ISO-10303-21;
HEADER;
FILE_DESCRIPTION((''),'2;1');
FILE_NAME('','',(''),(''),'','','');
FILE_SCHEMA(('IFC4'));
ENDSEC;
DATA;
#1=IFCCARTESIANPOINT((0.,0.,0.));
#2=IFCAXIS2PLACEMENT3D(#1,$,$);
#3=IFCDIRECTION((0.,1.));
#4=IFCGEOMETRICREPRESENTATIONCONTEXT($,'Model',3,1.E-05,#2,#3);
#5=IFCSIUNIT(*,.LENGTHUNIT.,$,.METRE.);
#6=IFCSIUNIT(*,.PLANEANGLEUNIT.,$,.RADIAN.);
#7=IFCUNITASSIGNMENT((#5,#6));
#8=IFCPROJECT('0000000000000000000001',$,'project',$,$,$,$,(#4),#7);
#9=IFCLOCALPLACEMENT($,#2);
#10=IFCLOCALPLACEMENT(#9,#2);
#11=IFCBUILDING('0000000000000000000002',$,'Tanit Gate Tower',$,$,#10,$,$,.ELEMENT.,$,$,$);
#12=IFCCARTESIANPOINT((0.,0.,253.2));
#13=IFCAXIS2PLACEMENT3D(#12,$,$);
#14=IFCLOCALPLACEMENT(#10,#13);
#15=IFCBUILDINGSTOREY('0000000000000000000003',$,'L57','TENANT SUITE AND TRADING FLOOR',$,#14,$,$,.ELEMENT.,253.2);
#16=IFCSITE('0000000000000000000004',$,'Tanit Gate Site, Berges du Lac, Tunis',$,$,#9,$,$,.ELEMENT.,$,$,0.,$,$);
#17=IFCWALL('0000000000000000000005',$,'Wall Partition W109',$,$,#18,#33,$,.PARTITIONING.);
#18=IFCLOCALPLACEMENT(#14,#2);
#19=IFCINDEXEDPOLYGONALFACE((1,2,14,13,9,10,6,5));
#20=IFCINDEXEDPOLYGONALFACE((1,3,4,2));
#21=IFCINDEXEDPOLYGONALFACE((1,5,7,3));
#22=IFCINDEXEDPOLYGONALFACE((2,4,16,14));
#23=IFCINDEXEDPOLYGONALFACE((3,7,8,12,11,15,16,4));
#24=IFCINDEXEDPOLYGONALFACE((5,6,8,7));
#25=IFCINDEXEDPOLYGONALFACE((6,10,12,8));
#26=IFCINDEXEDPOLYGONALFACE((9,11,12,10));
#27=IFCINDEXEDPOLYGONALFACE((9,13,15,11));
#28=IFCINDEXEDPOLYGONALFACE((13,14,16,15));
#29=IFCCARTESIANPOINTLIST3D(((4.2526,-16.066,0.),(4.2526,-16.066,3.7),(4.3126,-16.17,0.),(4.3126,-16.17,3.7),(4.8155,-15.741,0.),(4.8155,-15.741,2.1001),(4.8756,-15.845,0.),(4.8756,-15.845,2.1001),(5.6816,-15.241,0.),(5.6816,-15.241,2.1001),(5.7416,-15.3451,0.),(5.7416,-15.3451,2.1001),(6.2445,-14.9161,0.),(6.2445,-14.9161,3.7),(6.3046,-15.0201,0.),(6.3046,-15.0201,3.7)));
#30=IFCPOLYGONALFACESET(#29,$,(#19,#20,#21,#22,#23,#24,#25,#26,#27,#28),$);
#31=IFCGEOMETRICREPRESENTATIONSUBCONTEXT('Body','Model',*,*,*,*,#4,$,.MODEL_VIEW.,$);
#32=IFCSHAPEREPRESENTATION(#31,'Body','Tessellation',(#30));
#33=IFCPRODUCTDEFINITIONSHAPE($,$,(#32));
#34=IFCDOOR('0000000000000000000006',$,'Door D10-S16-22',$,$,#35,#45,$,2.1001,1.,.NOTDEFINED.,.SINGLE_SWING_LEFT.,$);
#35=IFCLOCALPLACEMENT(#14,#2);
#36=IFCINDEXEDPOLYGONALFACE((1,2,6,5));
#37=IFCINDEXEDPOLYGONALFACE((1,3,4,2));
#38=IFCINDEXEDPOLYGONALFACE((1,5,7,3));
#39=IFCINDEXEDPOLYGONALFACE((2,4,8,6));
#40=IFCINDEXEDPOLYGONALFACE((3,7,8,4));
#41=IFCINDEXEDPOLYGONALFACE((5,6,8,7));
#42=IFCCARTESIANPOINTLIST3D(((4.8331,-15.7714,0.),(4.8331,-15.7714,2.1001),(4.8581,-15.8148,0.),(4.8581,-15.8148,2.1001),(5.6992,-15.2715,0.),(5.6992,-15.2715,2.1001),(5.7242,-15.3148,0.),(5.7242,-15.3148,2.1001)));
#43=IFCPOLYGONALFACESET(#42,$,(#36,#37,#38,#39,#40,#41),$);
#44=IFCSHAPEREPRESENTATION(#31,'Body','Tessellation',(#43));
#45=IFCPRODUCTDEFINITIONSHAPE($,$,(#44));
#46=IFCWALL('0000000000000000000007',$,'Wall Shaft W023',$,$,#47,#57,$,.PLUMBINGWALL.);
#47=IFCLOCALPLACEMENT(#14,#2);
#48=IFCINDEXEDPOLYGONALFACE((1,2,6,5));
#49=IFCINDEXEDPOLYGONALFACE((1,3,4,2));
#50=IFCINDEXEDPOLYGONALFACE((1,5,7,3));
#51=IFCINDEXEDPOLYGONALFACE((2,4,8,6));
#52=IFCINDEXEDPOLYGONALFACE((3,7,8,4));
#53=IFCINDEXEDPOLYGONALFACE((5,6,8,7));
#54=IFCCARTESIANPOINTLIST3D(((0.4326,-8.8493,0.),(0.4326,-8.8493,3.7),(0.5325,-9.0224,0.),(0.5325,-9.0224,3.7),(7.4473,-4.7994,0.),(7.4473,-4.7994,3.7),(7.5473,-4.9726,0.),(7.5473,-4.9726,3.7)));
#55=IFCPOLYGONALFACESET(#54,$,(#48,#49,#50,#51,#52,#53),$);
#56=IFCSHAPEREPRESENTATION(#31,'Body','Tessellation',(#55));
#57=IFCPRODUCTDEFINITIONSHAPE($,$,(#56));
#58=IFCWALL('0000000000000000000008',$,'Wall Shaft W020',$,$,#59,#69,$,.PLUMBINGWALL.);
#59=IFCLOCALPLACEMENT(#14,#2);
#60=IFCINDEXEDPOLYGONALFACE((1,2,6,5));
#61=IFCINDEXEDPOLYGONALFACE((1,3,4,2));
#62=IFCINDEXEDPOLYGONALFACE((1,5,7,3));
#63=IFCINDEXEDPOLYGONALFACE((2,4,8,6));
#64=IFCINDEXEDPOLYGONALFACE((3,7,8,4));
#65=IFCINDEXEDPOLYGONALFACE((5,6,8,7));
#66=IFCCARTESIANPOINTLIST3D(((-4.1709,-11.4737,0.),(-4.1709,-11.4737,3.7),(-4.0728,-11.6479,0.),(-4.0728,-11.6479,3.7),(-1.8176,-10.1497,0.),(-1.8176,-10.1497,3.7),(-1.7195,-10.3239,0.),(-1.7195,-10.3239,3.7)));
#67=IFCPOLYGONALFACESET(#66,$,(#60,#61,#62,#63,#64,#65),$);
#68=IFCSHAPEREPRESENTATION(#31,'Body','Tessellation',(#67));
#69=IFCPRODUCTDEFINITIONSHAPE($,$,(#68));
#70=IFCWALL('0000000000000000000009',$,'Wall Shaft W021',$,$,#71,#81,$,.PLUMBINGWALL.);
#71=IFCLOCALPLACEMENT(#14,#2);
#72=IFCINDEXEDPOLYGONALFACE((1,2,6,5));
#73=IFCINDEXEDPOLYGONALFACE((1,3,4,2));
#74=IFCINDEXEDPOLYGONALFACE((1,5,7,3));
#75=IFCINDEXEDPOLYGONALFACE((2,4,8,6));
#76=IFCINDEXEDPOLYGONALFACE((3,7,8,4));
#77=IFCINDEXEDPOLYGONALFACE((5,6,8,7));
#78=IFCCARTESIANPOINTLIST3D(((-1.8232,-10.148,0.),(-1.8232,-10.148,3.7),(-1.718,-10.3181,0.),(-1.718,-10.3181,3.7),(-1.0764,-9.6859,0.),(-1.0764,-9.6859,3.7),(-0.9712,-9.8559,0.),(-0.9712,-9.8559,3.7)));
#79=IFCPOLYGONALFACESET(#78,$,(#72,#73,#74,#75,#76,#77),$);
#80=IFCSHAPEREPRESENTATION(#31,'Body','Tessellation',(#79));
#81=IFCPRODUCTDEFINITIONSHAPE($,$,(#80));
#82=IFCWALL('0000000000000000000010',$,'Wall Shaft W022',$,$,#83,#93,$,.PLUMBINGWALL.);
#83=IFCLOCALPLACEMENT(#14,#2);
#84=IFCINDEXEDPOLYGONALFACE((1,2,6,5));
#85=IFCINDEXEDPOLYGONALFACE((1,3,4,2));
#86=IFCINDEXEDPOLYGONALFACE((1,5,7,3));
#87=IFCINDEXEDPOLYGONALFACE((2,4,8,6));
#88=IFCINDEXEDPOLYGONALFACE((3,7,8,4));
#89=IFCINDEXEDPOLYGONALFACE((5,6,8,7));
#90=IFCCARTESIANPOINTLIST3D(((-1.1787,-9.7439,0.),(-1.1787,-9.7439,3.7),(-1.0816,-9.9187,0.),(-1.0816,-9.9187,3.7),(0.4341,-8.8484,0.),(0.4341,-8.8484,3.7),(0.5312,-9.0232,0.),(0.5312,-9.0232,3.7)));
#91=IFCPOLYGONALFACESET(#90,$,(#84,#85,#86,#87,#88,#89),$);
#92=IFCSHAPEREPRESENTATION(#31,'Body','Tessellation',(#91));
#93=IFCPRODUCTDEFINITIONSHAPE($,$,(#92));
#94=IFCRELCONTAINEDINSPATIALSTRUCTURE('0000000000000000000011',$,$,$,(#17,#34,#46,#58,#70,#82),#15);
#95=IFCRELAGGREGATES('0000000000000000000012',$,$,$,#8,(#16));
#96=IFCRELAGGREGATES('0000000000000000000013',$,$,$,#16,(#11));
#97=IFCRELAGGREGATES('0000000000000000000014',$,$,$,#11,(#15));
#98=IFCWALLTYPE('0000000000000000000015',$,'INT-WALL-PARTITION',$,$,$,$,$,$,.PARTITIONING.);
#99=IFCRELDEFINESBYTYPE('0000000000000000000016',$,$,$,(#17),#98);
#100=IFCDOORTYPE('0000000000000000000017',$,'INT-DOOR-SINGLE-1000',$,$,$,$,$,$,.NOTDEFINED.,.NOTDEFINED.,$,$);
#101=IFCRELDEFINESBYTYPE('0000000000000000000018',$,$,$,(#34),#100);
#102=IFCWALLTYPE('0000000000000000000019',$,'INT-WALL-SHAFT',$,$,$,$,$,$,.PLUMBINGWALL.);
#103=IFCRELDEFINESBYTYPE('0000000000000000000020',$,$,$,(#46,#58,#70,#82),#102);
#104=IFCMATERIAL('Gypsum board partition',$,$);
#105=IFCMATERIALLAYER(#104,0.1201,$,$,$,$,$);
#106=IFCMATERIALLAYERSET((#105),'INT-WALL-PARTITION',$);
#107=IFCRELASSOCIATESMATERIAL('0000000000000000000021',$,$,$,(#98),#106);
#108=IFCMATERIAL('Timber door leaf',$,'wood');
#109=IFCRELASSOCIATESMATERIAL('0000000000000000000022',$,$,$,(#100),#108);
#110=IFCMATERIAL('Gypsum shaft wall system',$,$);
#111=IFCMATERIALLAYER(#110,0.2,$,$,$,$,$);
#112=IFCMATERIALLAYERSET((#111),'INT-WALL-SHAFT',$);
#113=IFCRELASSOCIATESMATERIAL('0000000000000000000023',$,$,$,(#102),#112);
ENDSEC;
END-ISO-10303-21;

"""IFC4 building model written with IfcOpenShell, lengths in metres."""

from ifc_helpers import new_model, si_unit, direction, frame, frame_2d, origin, place, context, subcontext, project, spatial, rectangle, extrude, material, layer, layer_set, type_object, element, fill, save


model = new_model("IFC4")

# Units and contexts
model_context = context("Model", 3, precision=1e-05, world=origin(), true_north=direction((0.0, 1.0)))
body_context = subcontext(model_context, "Body", "Model", "MODEL_VIEW")
ifc_project = project(units=[si_unit("LENGTHUNIT", "METRE"), si_unit("PLANEANGLEUNIT", "RADIAN")], contexts=[model_context])

# Site, building, storey
site_placement = place(None, origin())
site = spatial("IfcSite", under=ifc_project, at=site_placement, Name="Tanit Gate Site, Berges du Lac, Tunis", CompositionType="ELEMENT", RefElevation=0.0)
building_placement = place(site_placement, origin())
building = spatial("IfcBuilding", under=site, at=building_placement, Name="Tanit Gate Tower", CompositionType="ELEMENT")
storey_placement = place(building_placement, frame((0.0, 0.0, 253.2)))
storey = spatial("IfcBuildingStorey", under=building, at=storey_placement, Name="L57", Description="TENANT SUITE AND TRADING FLOOR", CompositionType="ELEMENT", Elevation=253.2)

# Wall, opening, door
ifc_material_1 = material(Name="Gypsum board partition")
ifc_layer_1 = layer(ifc_material_1, 0.1201)
ifc_layer_set_1 = layer_set([ifc_layer_1], Name="INT-WALL-PARTITION")
wall_type_1 = type_object("IfcWallType", Name="INT-WALL-PARTITION", PredefinedType="PARTITIONING", material=ifc_layer_set_1)
wall_1_placement = place(storey_placement, frame((4.2827, -16.1179, 0.0), z_axis=(0.0, 0.0, 1.0), x_axis=(0.866053, 0.499952, 0.0)))
wall_1 = element("IfcWall", 1, at=wall_1_placement, inside=storey, type_object=wall_type_1, Name="Wall Partition W109", PredefinedType="PARTITIONING", context=body_context, shape_type="SweptSolid", body=[
    extrude(rectangle(XDim=2.3, YDim=0.1201, at=frame_2d((1.1499, 0.0))), origin(), (0.0, 0.0, 1.0), 3.7),
])
opening_1_placement = place(wall_1_placement, frame((0.6499, 0.0, 0.0)))
opening_1 = element("IfcOpeningElement", 2, at=opening_1_placement, cuts=wall_1, PredefinedType="OPENING", context=body_context, shape_type="SweptSolid", body=[
    extrude(rectangle(XDim=1.0, YDim=2.1001, at=frame_2d((0.5, 1.05))), frame((0.0, 0.0701, 0.0), z_axis=(0.0, -1.0, 0.0), x_axis=(1.0, 0.0, 0.0)), (0.0, 0.0, 1.0), 0.1401),
])
ifc_material_2 = material(Name="Timber door leaf", Category="wood")
door_type_1 = type_object("IfcDoorType", Name="INT-DOOR-SINGLE-1000", OperationType="NOTDEFINED", PredefinedType="NOTDEFINED", material=ifc_material_2)
door_1_placement = place(opening_1_placement, origin())
door_1 = element("IfcDoor", 3, at=door_1_placement, inside=storey, type_object=door_type_1, Name="Door D10-S16-22", OperationType="SINGLE_SWING_LEFT", OverallHeight=2.1001, OverallWidth=1.0, PredefinedType="NOTDEFINED", context=body_context, shape_type="SweptSolid", body=[
    extrude(rectangle(XDim=1.0, YDim=2.1001, at=frame_2d((0.5, 1.05))), frame((0.0, 0.0249, 0.0), z_axis=(0.0, -1.0, 0.0), x_axis=(1.0, 0.0, 0.0)), (0.0, 0.0, 1.0), 0.05),
])
fill(opening_1, door_1)

# Walls
ifc_material_3 = material(Name="Gypsum shaft wall system")
ifc_layer_2 = layer(ifc_material_3, 0.2)
ifc_layer_set_2 = layer_set([ifc_layer_2], Name="INT-WALL-SHAFT")
wall_type_2 = type_object("IfcWallType", Name="INT-WALL-SHAFT", PredefinedType="PLUMBINGWALL", material=ifc_layer_set_2)
wall_2_placement = place(storey_placement, frame((0.4827, -8.9358, 0.0), z_axis=(0.0, 0.0, 1.0), x_axis=(0.866031, 0.49999, 0.0)))
element("IfcWall", 4, at=wall_2_placement, inside=storey, type_object=wall_type_2, Name="Wall Shaft W023", PredefinedType="PLUMBINGWALL", context=body_context, shape_type="SweptSolid", body=[
    extrude(rectangle(XDim=8.0999, YDim=0.2, at=frame_2d((4.0498, 0.0))), origin(), (0.0, 0.0, 1.0), 3.7),
])
wall_3_placement = place(storey_placement, frame((-1.7686, -10.2368, 0.0), z_axis=(0.0, 0.0, 1.0), x_axis=(-0.871534, -0.490334, 0.0)))
element("IfcWall", 5, at=wall_3_placement, inside=storey, type_object=wall_type_2, Name="Wall Shaft W020", PredefinedType="PLUMBINGWALL", context=body_context, shape_type="SweptSolid", body=[
    extrude(rectangle(XDim=2.7002, YDim=0.2, at=frame_2d((1.3501, 0.0))), origin(), (0.0, 0.0, 1.0), 3.7),
])
wall_4_placement = place(storey_placement, frame((-1.0239, -9.771, 0.0), z_axis=(0.0, 0.0, 1.0), x_axis=(-0.850348, -0.526221, 0.0)))
element("IfcWall", 6, at=wall_4_placement, inside=storey, type_object=wall_type_2, Name="Wall Shaft W021", PredefinedType="PLUMBINGWALL", context=body_context, shape_type="SweptSolid", body=[
    extrude(rectangle(XDim=0.8782, YDim=0.2, at=frame_2d((0.439, 0.0))), origin(), (0.0, 0.0, 1.0), 3.7),
])
wall_5_placement = place(storey_placement, frame((-1.1301, -9.8313, 0.0), z_axis=(0.0, 0.0, 1.0), x_axis=(0.87427, 0.485441, 0.0)))
element("IfcWall", 7, at=wall_5_placement, inside=storey, type_object=wall_type_2, Name="Wall Shaft W022", PredefinedType="PLUMBINGWALL", context=body_context, shape_type="SweptSolid", body=[
    extrude(rectangle(XDim=1.8447, YDim=0.2, at=frame_2d((0.9224, 0.0))), origin(), (0.0, 0.0, 1.0), 3.7),
])

save(model, "model.ifc")
